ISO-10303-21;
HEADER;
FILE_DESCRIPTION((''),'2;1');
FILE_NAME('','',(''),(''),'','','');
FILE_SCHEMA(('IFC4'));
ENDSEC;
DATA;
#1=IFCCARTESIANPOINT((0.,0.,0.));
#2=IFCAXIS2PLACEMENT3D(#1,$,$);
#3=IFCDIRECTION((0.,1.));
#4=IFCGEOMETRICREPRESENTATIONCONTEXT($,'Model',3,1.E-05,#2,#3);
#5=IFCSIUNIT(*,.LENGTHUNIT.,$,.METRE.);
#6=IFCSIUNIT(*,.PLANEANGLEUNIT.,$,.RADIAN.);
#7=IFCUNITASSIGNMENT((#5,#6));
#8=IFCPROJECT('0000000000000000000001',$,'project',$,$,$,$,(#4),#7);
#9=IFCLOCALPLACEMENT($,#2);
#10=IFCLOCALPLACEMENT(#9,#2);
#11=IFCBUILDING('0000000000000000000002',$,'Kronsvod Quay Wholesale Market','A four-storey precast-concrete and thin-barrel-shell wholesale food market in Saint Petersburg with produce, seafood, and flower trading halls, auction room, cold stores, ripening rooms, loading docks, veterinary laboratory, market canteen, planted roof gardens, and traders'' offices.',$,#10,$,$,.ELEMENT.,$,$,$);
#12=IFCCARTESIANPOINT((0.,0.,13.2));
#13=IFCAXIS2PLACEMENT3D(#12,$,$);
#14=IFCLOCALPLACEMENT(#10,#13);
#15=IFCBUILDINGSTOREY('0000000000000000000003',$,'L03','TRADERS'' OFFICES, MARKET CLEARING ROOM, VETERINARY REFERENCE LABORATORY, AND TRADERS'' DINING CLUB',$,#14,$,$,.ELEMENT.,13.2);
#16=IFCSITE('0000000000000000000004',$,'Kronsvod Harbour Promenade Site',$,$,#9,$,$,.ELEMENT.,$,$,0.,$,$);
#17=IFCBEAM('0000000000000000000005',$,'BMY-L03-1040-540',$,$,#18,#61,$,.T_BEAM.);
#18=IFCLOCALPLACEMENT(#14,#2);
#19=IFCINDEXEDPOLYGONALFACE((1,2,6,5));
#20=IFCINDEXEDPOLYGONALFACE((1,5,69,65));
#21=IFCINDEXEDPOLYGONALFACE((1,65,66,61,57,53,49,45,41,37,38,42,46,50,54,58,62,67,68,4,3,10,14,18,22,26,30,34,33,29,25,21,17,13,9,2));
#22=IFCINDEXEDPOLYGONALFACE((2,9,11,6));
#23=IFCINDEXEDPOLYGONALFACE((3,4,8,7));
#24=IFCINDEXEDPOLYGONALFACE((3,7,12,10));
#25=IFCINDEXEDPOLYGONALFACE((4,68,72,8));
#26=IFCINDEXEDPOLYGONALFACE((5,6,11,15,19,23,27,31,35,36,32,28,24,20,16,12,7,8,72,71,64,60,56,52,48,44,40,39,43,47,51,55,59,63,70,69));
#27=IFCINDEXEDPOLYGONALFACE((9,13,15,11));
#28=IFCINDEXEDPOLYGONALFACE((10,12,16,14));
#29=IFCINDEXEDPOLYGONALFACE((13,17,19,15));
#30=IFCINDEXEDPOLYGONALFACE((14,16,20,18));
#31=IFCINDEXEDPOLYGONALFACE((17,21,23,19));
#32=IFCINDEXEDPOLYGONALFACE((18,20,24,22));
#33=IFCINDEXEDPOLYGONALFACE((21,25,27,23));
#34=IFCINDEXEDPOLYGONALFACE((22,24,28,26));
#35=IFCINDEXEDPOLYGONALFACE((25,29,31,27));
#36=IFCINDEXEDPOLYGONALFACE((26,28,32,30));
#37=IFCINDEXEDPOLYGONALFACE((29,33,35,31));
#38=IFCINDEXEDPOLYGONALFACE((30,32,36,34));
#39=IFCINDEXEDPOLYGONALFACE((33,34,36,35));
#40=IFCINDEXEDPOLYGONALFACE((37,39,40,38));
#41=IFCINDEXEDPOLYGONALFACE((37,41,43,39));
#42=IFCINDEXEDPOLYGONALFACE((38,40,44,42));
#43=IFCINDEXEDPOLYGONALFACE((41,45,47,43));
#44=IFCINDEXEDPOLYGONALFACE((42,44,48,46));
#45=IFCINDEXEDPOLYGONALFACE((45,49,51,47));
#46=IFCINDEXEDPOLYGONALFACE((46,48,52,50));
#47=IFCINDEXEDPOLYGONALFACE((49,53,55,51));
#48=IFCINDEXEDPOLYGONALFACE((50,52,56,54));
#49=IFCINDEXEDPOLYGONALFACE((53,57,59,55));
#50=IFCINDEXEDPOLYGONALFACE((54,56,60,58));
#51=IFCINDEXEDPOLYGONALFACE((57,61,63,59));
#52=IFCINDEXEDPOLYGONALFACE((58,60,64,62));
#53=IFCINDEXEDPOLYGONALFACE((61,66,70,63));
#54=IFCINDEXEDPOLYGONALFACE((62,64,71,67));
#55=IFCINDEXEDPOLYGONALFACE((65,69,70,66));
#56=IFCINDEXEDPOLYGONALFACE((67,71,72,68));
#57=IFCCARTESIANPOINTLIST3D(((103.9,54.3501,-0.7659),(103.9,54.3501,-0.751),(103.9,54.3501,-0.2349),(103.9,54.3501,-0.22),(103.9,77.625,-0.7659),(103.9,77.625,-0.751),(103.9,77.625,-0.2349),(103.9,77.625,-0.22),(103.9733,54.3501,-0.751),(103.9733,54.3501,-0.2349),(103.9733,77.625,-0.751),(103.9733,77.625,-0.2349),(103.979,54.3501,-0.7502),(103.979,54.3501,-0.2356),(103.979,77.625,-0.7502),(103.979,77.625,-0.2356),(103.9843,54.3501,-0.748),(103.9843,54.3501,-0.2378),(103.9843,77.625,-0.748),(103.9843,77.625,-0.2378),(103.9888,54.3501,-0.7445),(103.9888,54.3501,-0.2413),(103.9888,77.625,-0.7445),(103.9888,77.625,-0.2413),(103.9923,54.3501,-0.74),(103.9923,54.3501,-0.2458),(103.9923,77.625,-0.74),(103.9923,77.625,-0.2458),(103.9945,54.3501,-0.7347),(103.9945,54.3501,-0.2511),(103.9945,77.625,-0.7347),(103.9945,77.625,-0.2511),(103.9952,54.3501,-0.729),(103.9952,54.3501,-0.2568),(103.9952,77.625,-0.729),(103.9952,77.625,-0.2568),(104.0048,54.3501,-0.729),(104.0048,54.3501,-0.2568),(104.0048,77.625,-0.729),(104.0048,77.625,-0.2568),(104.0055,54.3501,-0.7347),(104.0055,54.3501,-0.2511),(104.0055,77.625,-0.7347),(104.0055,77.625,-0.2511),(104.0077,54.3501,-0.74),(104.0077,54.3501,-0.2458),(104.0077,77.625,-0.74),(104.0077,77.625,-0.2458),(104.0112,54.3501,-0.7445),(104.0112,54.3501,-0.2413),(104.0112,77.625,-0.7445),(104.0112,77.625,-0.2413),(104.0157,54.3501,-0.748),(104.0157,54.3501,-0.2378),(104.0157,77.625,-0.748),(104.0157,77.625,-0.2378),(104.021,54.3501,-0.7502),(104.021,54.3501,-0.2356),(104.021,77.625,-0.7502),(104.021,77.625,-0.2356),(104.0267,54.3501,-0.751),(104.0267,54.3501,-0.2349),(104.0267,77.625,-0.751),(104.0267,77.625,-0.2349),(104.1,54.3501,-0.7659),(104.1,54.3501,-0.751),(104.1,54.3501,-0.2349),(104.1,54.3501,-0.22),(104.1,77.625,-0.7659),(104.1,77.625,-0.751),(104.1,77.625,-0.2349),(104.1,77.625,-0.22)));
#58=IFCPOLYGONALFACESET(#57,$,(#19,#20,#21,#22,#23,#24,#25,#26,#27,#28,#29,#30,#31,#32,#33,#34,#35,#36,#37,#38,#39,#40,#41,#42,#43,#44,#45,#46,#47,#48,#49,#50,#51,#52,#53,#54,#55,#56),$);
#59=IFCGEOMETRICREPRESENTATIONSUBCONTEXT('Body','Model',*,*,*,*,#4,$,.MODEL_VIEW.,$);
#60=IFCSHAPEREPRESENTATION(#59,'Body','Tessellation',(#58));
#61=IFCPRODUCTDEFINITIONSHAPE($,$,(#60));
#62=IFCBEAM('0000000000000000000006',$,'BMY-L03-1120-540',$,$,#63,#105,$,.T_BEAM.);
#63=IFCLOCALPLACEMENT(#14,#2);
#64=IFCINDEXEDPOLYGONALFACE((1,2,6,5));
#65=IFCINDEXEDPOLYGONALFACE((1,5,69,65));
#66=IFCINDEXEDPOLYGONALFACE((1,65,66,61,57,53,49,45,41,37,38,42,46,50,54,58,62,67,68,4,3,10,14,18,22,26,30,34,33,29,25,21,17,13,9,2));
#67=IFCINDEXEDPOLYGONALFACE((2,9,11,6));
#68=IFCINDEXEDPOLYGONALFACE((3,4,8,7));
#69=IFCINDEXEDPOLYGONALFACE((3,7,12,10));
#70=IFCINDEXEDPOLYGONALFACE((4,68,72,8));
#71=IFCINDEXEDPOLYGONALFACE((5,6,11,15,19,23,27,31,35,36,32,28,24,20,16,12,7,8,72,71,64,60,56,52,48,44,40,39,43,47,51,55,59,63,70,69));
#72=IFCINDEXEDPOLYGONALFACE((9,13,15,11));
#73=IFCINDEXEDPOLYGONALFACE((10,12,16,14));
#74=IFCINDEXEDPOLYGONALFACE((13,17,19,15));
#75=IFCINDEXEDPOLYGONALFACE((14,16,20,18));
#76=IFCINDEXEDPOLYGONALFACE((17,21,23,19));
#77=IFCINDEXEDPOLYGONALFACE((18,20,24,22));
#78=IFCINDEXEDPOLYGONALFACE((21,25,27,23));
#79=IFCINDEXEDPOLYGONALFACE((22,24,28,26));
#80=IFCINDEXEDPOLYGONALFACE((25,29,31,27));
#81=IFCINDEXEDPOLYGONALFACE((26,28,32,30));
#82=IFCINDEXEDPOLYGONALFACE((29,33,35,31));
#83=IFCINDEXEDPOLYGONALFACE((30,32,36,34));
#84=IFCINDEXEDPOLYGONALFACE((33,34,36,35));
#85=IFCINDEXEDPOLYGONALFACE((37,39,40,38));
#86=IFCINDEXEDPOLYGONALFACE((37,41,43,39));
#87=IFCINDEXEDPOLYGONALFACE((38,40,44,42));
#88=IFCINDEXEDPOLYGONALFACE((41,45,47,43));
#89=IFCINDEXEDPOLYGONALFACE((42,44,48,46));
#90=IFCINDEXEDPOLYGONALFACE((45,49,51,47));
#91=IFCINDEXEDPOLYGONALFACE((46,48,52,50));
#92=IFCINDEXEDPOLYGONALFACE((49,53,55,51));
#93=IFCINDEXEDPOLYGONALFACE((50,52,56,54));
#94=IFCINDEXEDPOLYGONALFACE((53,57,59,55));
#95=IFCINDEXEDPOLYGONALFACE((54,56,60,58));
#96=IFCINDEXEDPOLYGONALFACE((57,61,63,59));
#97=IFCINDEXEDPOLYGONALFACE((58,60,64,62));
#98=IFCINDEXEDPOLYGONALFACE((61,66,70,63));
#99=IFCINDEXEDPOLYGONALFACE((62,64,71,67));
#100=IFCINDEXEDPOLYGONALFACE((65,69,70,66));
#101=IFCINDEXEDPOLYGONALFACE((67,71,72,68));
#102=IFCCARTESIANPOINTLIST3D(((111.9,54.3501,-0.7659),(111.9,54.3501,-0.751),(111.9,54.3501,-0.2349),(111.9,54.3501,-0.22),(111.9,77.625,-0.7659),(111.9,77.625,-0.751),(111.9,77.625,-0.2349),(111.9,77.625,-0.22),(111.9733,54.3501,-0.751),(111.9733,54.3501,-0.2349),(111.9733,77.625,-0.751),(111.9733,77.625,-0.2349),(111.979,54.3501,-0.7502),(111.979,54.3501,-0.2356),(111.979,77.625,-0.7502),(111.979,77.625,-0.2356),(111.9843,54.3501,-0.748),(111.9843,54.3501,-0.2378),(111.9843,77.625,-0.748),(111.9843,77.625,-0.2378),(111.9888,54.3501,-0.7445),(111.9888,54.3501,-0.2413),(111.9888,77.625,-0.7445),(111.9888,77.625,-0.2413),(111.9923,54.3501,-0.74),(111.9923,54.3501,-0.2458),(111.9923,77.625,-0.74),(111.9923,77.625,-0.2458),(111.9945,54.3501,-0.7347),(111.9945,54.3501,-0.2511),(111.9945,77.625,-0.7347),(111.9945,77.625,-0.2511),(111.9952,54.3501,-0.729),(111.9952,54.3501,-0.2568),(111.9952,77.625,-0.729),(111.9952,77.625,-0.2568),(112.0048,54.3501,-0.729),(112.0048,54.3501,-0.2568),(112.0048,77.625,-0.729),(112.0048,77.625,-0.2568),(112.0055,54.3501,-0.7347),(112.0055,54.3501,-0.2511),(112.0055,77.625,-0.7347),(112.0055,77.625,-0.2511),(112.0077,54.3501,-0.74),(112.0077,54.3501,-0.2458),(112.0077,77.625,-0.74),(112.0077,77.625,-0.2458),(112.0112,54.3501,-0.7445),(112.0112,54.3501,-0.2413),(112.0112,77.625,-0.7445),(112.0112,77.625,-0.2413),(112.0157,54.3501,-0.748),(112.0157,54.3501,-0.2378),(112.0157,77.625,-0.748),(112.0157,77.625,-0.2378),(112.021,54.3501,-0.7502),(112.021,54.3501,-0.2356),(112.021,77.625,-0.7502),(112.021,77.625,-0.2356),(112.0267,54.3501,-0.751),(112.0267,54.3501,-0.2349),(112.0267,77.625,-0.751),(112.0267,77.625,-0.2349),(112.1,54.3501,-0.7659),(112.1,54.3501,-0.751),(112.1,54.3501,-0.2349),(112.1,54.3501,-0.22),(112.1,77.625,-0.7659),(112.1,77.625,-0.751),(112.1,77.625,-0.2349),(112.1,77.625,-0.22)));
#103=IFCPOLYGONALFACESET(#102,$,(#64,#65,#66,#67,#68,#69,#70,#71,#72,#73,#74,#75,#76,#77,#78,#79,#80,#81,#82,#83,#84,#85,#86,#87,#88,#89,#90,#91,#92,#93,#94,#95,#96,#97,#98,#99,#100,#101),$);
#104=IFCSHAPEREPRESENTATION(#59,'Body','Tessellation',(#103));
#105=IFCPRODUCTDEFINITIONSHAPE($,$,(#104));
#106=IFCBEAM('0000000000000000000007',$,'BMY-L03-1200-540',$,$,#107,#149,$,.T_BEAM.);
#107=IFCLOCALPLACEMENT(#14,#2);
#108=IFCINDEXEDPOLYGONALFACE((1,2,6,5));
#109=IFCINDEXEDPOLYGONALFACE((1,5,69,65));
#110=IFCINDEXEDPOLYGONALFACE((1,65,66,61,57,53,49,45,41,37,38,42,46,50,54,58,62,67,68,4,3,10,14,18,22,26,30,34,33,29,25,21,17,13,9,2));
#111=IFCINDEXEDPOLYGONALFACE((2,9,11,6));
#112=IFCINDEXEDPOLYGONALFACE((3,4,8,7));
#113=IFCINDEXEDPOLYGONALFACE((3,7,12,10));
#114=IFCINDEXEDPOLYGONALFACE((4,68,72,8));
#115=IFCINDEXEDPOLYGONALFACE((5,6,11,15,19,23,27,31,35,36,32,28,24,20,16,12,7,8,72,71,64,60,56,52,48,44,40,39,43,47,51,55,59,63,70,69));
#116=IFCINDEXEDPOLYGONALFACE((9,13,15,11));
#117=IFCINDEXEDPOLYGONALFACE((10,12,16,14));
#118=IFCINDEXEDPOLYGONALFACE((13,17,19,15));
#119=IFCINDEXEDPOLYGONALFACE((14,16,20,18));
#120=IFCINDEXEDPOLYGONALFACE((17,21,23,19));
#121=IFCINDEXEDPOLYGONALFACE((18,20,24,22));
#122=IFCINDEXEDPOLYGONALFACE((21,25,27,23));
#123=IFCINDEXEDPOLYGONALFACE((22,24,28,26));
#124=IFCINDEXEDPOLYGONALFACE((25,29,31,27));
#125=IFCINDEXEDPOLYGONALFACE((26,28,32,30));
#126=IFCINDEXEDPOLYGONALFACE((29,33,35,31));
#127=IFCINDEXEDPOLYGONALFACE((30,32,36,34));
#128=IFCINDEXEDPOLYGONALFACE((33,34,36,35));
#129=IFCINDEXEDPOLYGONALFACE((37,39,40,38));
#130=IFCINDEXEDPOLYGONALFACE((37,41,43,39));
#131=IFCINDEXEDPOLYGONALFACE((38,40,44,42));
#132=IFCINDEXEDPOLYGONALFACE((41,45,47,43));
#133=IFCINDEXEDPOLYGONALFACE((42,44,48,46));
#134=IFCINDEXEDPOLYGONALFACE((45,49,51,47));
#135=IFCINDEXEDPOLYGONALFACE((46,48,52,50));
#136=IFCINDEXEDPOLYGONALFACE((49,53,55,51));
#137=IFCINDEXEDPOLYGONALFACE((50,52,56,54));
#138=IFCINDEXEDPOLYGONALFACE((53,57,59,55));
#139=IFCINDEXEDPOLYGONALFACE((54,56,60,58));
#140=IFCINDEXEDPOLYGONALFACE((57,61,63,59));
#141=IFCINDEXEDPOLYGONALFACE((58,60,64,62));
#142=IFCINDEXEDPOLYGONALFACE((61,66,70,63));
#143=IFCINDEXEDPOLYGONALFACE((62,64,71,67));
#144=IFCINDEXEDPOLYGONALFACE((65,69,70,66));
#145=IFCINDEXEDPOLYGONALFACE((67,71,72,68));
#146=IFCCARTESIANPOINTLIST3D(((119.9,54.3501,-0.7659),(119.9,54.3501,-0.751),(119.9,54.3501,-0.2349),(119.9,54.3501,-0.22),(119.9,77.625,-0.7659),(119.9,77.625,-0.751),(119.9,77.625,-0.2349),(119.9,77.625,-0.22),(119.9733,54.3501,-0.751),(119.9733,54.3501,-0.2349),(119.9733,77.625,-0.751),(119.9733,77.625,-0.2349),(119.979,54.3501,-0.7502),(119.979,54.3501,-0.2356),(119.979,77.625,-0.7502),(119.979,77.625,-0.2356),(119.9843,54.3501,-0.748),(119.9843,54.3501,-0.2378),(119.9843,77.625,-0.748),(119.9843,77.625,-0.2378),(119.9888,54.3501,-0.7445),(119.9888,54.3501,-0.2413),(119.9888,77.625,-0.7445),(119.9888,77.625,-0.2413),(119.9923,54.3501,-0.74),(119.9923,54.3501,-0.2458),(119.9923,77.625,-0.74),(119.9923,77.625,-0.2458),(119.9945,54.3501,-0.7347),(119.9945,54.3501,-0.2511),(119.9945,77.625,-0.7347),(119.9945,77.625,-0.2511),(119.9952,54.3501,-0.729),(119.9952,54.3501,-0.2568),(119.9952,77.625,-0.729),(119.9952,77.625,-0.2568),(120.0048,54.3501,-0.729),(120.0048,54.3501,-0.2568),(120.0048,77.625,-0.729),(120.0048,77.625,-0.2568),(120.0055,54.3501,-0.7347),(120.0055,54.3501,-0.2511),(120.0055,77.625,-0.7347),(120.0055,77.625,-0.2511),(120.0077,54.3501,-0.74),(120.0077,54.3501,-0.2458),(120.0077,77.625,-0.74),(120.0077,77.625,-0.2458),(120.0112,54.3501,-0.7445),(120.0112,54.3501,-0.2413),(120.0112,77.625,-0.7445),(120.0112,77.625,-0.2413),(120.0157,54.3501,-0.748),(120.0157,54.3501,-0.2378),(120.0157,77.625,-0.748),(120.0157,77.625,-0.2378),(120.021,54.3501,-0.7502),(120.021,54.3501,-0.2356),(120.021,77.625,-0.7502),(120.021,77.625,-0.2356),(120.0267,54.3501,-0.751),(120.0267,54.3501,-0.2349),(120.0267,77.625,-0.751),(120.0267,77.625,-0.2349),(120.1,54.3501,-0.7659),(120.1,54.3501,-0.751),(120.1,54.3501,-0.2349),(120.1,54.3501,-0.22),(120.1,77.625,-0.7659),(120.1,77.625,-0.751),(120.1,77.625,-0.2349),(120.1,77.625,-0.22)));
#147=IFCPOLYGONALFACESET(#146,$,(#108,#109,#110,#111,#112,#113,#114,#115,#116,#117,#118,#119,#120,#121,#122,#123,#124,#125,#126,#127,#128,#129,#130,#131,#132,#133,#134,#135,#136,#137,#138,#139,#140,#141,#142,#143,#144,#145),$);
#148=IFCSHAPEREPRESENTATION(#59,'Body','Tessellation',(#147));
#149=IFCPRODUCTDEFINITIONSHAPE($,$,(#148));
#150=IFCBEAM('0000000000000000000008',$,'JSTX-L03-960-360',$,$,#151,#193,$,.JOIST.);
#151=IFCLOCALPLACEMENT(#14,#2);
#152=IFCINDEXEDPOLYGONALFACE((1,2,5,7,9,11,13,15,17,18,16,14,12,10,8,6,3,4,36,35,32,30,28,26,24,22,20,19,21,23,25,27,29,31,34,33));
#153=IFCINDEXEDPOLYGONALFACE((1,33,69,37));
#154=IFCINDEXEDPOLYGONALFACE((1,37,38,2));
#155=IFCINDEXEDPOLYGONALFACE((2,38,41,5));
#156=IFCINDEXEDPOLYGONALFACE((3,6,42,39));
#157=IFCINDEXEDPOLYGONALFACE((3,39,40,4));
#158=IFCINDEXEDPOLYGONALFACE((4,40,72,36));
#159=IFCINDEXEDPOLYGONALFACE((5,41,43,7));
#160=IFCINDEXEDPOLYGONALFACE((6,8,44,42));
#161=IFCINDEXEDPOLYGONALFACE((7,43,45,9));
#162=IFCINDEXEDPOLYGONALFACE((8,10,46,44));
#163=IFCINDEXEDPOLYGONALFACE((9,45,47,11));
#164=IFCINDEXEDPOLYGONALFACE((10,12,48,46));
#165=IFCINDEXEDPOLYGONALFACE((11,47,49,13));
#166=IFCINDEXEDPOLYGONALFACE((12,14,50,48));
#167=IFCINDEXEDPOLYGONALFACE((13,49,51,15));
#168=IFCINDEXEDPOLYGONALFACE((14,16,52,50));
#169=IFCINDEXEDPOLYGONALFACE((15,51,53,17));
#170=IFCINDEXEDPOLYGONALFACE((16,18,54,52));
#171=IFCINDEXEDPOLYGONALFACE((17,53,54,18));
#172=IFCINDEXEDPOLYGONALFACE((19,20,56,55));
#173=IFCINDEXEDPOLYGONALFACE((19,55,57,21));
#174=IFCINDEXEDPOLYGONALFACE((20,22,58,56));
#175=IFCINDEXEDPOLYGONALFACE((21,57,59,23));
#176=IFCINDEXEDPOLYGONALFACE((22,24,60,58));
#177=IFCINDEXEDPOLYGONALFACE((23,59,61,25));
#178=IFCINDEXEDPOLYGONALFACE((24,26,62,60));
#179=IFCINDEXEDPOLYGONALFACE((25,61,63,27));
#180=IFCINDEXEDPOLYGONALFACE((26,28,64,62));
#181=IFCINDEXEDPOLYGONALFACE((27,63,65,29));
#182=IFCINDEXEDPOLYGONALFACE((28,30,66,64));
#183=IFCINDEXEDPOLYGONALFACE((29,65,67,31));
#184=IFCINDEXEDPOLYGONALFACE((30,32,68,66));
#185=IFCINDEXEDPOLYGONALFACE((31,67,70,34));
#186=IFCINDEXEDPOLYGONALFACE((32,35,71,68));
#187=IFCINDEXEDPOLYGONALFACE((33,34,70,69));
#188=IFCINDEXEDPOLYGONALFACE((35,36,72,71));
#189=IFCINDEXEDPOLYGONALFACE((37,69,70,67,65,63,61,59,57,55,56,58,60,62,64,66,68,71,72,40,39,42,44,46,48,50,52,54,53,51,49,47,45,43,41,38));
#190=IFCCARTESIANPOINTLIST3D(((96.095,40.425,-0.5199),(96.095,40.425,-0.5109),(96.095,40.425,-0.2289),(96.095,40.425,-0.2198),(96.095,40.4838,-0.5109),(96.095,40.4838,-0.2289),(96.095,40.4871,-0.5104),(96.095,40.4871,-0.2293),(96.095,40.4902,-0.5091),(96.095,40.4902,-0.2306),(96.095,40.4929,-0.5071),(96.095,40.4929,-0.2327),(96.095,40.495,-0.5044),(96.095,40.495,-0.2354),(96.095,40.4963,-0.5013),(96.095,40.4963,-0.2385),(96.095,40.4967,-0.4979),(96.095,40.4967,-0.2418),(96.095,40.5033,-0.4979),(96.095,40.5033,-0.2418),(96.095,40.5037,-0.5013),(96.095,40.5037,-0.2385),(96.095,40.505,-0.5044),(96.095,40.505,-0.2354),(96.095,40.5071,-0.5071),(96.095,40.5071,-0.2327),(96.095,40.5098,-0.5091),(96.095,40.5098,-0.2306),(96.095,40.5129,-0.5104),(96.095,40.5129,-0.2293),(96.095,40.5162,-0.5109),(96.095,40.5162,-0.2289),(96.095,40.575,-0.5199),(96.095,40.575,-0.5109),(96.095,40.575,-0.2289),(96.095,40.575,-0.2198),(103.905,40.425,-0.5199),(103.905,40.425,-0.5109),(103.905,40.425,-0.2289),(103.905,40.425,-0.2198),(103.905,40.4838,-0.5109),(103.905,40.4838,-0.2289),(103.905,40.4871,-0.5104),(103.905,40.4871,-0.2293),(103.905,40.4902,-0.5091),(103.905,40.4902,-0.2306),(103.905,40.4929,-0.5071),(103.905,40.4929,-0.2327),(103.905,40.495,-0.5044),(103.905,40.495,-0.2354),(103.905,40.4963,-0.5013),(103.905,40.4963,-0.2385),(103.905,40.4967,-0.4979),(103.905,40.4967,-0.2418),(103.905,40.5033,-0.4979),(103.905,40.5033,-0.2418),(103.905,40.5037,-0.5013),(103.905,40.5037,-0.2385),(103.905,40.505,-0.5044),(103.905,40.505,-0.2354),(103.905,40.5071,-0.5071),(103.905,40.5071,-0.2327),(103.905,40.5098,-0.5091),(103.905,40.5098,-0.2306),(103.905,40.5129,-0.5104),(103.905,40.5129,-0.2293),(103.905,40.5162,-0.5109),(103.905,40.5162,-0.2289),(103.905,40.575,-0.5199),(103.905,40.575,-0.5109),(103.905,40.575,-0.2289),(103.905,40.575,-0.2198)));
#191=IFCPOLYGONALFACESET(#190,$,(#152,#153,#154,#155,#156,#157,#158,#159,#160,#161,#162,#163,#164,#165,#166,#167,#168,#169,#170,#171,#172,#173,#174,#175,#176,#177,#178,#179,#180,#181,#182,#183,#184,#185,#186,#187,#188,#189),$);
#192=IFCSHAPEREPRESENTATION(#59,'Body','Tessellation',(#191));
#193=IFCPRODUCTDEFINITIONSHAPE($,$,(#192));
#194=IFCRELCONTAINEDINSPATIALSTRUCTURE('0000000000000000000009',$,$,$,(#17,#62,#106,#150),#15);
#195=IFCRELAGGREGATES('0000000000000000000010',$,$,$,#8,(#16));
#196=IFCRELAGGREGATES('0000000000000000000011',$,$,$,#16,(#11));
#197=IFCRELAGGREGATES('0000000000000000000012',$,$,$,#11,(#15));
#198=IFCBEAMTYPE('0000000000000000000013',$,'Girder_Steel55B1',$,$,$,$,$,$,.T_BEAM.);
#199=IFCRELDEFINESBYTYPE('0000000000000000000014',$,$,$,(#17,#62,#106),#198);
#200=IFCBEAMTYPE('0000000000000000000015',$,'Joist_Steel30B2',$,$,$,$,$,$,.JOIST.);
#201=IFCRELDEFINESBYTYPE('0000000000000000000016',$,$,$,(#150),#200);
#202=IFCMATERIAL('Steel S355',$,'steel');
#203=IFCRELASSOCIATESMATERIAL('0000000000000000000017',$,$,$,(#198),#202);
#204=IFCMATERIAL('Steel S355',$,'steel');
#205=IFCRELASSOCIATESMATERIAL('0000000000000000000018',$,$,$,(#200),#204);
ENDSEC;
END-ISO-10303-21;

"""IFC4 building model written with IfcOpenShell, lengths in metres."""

from ifc_helpers import new_model, si_unit, direction, frame, origin, origin_2d, place, context, subcontext, project, spatial, i_section, extrude, material, material_profile, profile_set, type_object, element, save


model = new_model("IFC4")

# Units and contexts
model_context = context("Model", 3, precision=1e-05, world=origin(), true_north=direction((0.0, 1.0)))
body_context = subcontext(model_context, "Body", "Model", "MODEL_VIEW")
ifc_project = project(units=[si_unit("LENGTHUNIT", "METRE"), si_unit("PLANEANGLEUNIT", "RADIAN")], contexts=[model_context])

# Site, building, storey
site_placement = place(None, origin())
site = spatial("IfcSite", under=ifc_project, at=site_placement, Name="Kronsvod Harbour Promenade Site", CompositionType="ELEMENT", RefElevation=0.0)
building_placement = place(site_placement, origin())
building = spatial("IfcBuilding", under=site, at=building_placement, Name="Kronsvod Quay Wholesale Market", Description="A four-storey precast-concrete and thin-barrel-shell wholesale food market in Saint Petersburg with produce, seafood, and flower trading halls, auction room, cold stores, ripening rooms, loading docks, veterinary laboratory, market canteen, planted roof gardens, and traders' offices.", CompositionType="ELEMENT")
storey_placement = place(building_placement, frame((0.0, 0.0, 13.2)))
storey = spatial("IfcBuildingStorey", under=building, at=storey_placement, Name="L03", Description="TRADERS' OFFICES, MARKET CLEARING ROOM, VETERINARY REFERENCE LABORATORY, AND TRADERS' DINING CLUB", CompositionType="ELEMENT", Elevation=13.2)

# Beams
ifc_material_1 = material(Name="Steel S355", Category="steel")
ifc_material_profile_1 = material_profile(ifc_material_1, i_section(OverallWidth=0.2, OverallDepth=0.5459, WebThickness=0.0095, FlangeThickness=0.0149, FilletRadius=0.022, at=origin_2d()), Name="55B1")
ifc_profile_set_1 = profile_set([ifc_material_profile_1], Name="Steel S355")
beam_type_1 = type_object("IfcBeamType", Name="Girder_Steel55B1", PredefinedType="T_BEAM", material=ifc_profile_set_1)
for number, where, z_axis, x_axis, name in (
    (1, (104.0, 54.3501, -0.4929), (0.0, 1.0, 0.0), (-1.0, 0.0, 0.0), "BMY-L03-1040-540"),
    (2, (112.0, 54.3501, -0.4929), (0.0, 1.0, 0.0), (-1.0, 0.0, 0.0), "BMY-L03-1120-540"),
    (3, (120.0, 54.3501, -0.4929), (0.0, 1.0, 0.0), (-1.0, 0.0, 0.0), "BMY-L03-1200-540"),
):
    element("IfcBeam", number, at=place(storey_placement, frame(where, z_axis=z_axis, x_axis=x_axis)), inside=storey, type_object=beam_type_1, Name=name, PredefinedType="T_BEAM", context=body_context, shape_type="SweptSolid", body=[
        extrude(i_section(OverallWidth=0.2, OverallDepth=0.5459, WebThickness=0.0095, FlangeThickness=0.0149, FilletRadius=0.022, at=origin_2d()), origin(), (0.0, 0.0, 1.0), 23.2749),
    ])
ifc_material_2 = material(Name="Steel S355", Category="steel")
ifc_material_profile_2 = material_profile(ifc_material_2, i_section(OverallWidth=0.1499, OverallDepth=0.3, WebThickness=0.0066, FlangeThickness=0.009, FilletRadius=0.0129, at=origin_2d()), Name="30B2")
ifc_profile_set_2 = profile_set([ifc_material_profile_2], Name="Steel S355")
beam_type_2 = type_object("IfcBeamType", Name="Joist_Steel30B2", PredefinedType="JOIST", material=ifc_profile_set_2)
for number, where, z_axis, x_axis, name in (
    (4, (96.095, 40.5, -0.3699), (1.0, 0.0, 0.0), (0.0, 1.0, 0.0), "JSTX-L03-960-360"),
):
    element("IfcBeam", number, at=place(storey_placement, frame(where, z_axis=z_axis, x_axis=x_axis)), inside=storey, type_object=beam_type_2, Name=name, PredefinedType="JOIST", context=body_context, shape_type="SweptSolid", body=[
        extrude(i_section(OverallWidth=0.1499, OverallDepth=0.3, WebThickness=0.0066, FlangeThickness=0.009, FilletRadius=0.0129, at=origin_2d()), origin(), (0.0, 0.0, 1.0), 7.8101),
    ])

save(model, "model.ifc")
